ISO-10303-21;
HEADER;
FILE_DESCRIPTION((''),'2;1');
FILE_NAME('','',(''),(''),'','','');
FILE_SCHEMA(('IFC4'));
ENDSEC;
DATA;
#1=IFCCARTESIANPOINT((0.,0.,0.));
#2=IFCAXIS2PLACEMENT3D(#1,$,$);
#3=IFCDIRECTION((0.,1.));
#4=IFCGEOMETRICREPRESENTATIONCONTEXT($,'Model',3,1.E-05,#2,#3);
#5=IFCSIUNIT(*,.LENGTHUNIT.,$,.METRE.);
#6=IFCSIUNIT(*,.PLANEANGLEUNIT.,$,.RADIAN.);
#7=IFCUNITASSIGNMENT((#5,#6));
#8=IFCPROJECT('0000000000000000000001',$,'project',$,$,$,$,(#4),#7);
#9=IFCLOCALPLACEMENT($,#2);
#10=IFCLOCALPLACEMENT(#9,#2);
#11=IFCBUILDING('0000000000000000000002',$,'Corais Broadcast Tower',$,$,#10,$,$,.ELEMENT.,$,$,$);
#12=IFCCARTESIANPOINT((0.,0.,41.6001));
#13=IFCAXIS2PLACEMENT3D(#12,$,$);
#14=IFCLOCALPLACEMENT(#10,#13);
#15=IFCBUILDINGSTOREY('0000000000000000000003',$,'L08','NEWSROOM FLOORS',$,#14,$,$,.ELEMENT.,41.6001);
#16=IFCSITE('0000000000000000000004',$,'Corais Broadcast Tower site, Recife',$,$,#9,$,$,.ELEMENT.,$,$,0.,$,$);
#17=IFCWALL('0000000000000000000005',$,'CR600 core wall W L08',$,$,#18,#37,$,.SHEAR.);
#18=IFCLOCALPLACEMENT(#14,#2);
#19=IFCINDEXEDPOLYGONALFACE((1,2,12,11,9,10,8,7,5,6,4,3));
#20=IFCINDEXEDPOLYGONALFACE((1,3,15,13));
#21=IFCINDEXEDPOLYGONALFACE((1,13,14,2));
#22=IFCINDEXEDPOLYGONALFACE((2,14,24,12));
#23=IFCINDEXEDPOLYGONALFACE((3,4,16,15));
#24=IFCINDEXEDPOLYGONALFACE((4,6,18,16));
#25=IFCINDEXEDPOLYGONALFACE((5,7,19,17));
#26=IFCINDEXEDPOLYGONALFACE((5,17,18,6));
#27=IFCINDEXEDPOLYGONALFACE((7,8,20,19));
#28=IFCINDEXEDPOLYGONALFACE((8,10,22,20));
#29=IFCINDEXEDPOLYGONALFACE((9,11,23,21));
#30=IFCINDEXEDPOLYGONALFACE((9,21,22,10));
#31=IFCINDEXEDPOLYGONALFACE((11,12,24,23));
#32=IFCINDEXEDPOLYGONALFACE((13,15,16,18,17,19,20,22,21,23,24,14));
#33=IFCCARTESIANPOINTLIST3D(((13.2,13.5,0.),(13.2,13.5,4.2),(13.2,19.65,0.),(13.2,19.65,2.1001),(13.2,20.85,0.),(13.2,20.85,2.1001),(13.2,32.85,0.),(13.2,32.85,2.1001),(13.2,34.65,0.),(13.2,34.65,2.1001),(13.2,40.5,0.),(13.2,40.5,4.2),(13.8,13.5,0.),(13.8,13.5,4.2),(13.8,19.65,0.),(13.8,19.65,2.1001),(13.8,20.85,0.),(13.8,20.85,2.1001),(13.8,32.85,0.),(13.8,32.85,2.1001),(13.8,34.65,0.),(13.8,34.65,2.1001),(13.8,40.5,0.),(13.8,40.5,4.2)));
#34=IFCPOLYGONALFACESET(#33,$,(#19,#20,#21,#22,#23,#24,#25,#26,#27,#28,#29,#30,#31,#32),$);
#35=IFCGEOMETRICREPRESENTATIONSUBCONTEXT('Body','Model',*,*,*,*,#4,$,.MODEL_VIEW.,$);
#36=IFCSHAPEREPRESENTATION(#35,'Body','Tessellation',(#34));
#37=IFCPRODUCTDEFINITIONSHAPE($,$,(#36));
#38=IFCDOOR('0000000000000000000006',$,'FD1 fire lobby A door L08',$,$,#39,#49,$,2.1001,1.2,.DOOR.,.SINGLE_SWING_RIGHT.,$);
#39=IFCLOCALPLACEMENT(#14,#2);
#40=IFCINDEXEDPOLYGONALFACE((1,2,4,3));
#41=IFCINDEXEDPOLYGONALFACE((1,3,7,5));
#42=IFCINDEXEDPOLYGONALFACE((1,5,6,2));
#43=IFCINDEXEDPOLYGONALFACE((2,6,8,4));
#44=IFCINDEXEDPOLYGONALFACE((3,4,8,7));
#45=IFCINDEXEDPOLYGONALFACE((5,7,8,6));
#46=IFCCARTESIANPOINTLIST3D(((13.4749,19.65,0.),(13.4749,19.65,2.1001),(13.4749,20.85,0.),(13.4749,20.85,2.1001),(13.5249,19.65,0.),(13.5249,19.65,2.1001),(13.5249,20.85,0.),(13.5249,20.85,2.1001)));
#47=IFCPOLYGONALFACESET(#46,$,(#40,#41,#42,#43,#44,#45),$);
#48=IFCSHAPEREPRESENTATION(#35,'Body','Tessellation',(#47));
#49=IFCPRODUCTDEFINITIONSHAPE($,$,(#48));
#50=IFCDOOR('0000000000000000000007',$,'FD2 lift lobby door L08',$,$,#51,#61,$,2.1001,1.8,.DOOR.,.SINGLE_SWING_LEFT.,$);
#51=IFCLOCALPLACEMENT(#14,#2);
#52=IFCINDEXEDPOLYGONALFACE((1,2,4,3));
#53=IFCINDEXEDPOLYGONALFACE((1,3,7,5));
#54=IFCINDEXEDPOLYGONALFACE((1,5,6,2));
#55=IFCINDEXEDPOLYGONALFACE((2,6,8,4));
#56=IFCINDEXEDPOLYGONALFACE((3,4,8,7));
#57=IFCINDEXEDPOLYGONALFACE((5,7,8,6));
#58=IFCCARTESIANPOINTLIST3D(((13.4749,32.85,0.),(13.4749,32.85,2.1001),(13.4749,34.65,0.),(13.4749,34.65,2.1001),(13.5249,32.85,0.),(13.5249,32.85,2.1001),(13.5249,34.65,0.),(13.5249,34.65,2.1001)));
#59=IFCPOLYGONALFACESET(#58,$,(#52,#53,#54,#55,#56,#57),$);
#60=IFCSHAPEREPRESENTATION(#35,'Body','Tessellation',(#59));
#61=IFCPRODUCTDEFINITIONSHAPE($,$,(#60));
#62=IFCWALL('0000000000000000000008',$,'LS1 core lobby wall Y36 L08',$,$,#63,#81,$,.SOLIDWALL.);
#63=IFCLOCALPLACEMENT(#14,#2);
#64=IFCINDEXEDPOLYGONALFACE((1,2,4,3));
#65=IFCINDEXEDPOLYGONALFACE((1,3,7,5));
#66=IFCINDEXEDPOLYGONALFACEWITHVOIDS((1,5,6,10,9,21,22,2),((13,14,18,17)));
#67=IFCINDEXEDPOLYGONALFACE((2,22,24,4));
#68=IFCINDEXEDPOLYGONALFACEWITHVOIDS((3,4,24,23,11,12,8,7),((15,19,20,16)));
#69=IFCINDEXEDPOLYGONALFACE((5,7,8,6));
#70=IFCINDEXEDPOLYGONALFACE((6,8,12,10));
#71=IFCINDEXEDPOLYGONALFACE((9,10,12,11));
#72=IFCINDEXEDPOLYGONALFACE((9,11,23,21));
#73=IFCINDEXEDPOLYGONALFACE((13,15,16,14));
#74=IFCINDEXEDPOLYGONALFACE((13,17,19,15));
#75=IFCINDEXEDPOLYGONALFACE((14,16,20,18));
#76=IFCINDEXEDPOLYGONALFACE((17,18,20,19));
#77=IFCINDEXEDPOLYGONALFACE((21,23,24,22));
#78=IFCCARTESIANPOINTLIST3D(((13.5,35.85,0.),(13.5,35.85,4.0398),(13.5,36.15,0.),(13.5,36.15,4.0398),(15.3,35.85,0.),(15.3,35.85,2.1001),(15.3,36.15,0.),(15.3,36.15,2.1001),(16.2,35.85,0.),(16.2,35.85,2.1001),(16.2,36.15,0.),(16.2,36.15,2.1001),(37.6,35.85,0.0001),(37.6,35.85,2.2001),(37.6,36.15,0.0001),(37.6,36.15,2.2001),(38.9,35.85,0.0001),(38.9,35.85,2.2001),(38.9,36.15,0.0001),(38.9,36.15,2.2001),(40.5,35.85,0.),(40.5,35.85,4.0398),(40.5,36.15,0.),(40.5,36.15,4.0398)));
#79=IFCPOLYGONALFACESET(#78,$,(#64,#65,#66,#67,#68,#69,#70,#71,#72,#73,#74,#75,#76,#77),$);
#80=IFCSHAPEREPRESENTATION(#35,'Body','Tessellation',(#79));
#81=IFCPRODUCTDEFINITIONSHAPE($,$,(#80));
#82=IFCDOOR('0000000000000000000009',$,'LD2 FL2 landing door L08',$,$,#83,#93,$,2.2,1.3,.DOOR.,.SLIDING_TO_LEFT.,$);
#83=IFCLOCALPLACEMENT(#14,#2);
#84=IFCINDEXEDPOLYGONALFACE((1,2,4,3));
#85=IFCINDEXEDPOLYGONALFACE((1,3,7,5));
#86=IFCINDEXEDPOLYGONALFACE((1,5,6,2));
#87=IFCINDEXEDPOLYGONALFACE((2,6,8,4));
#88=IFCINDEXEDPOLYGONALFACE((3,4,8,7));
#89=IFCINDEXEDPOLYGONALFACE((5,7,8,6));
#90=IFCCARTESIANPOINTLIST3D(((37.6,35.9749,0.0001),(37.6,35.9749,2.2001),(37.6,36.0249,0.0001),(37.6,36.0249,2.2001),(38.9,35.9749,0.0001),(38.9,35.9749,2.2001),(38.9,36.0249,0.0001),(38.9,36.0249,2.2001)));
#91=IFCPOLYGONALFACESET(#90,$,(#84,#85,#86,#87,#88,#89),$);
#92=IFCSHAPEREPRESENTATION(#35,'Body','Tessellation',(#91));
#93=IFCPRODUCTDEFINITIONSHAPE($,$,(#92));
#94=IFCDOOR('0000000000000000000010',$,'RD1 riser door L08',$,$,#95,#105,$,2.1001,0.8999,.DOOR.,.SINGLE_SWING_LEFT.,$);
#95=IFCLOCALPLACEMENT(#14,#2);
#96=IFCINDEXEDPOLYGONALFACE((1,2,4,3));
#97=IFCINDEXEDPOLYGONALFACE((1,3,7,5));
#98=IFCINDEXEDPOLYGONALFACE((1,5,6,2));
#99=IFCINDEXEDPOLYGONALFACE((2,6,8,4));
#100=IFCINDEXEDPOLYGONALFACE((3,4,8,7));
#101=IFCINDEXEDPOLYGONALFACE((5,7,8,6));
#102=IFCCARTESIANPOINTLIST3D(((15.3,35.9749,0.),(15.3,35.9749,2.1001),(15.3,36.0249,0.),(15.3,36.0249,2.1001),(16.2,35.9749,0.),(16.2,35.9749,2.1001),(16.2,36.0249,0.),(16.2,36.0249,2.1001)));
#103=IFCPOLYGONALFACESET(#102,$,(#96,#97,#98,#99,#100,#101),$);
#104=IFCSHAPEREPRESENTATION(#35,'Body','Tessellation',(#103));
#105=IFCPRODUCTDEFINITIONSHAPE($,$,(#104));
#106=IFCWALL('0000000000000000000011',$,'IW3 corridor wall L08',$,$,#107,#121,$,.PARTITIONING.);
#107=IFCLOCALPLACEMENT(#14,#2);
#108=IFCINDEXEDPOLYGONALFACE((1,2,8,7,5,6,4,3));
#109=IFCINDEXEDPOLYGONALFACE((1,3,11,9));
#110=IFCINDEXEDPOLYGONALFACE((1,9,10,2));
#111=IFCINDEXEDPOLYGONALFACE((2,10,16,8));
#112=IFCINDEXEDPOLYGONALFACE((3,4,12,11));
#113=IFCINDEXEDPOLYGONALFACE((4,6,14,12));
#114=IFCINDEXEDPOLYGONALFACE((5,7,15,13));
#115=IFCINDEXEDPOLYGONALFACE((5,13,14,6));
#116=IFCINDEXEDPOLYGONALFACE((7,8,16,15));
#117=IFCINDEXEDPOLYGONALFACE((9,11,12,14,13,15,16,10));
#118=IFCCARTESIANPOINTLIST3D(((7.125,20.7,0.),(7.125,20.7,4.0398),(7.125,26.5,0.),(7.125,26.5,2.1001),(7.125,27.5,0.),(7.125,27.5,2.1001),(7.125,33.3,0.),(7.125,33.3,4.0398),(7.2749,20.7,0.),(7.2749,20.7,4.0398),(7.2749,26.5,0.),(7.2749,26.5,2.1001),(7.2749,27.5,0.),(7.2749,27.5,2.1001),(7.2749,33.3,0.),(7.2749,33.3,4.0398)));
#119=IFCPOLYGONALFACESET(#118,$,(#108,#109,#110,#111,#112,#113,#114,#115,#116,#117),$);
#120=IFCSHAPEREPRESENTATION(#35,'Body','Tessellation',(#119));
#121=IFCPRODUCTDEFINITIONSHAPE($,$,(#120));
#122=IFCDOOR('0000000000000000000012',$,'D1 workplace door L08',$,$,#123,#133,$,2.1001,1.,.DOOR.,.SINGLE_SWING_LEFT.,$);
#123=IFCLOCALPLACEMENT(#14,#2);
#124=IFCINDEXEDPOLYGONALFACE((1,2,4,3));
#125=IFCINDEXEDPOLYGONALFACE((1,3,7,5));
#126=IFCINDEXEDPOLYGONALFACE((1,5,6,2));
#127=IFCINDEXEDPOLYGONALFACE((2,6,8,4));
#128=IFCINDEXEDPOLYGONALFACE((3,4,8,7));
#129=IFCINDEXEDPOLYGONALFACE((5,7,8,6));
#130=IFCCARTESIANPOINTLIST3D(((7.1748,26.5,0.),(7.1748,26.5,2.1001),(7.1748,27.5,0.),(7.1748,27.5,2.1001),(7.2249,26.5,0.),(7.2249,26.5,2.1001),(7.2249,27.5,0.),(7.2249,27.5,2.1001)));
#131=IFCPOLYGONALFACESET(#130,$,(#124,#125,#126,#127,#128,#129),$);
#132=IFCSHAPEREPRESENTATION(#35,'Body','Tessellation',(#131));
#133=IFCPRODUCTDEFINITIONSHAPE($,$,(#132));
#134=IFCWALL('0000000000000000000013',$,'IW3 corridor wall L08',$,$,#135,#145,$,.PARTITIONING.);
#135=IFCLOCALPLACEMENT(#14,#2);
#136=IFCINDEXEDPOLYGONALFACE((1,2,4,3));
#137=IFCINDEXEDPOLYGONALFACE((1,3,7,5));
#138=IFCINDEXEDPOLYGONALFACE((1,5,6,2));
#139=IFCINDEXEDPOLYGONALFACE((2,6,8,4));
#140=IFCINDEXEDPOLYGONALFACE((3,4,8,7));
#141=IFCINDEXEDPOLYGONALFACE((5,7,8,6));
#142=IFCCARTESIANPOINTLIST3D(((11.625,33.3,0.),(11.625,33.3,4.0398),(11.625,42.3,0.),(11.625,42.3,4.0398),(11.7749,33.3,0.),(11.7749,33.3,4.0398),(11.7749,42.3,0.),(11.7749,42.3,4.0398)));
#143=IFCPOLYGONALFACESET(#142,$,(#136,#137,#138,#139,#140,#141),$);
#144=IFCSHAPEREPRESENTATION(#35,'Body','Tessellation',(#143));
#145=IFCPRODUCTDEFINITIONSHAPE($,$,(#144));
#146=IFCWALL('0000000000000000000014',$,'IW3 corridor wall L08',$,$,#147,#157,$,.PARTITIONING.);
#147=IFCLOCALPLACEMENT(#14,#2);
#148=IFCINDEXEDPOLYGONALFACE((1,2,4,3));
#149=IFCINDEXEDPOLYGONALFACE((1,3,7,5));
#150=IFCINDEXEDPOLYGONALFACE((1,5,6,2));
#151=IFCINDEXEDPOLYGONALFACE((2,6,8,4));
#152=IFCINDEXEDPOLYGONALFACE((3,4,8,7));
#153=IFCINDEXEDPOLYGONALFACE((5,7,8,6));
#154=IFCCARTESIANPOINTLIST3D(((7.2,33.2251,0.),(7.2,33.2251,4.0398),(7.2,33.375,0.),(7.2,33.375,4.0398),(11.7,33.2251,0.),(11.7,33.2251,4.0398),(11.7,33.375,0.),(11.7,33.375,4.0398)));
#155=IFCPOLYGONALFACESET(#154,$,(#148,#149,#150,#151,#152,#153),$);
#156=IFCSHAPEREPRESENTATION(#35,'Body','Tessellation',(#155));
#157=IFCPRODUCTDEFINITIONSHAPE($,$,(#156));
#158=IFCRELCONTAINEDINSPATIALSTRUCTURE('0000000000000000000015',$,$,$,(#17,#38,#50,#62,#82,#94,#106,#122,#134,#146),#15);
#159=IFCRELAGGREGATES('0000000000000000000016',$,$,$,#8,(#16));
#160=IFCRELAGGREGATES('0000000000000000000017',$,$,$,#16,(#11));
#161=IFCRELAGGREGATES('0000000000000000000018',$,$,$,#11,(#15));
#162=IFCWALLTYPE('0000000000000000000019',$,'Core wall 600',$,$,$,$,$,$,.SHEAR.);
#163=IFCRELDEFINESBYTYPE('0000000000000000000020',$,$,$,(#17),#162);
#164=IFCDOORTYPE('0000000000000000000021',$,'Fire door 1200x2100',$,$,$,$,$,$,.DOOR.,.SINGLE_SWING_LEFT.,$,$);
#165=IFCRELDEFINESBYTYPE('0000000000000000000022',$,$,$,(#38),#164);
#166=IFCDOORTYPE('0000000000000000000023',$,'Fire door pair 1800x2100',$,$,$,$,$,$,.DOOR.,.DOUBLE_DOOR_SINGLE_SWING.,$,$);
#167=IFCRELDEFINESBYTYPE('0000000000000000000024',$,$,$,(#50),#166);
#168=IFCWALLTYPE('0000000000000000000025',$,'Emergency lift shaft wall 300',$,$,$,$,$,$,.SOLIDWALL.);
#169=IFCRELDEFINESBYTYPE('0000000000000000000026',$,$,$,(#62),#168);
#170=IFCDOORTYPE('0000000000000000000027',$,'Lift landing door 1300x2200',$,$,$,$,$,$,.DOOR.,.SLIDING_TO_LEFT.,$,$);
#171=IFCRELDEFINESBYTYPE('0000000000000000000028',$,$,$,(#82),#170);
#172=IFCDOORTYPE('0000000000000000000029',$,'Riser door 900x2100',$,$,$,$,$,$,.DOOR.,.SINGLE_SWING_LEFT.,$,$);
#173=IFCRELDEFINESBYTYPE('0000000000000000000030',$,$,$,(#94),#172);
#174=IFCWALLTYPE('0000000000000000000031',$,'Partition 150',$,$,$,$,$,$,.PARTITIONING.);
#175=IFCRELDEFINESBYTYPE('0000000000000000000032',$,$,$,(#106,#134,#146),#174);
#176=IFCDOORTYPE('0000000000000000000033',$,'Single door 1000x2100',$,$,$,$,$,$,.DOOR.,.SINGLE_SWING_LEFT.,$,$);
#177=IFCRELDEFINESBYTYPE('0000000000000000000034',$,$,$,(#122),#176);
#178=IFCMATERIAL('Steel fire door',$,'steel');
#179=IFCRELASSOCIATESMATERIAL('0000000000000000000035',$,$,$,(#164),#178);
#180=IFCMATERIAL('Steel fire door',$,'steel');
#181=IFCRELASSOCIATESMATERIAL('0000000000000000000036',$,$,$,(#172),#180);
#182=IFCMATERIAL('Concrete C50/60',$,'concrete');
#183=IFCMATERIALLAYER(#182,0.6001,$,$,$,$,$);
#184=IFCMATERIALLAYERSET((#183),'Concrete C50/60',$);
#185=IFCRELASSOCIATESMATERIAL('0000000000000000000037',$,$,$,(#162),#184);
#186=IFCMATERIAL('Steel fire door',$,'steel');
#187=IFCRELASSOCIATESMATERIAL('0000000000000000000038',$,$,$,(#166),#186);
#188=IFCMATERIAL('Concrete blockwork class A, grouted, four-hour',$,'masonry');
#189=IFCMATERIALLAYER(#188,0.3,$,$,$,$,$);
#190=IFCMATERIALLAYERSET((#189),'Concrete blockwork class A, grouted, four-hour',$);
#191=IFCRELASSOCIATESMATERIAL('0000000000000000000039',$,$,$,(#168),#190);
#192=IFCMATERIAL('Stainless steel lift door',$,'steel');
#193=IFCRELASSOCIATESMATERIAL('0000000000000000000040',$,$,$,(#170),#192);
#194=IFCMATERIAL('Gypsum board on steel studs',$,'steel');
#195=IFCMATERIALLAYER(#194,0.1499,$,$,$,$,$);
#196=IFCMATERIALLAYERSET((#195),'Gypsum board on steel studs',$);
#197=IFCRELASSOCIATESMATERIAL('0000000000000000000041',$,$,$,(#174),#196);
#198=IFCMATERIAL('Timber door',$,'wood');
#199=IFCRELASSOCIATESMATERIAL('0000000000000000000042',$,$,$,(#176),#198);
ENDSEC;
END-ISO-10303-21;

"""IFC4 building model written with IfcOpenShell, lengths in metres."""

from ifc_helpers import new_model, si_unit, direction, frame, frame_2d, origin, place, context, subcontext, project, spatial, rectangle, extrude, material, layer, layer_set, type_object, element, fill, save


model = new_model("IFC4")

# Units and contexts
model_context = context("Model", 3, precision=1e-05, world=origin(), true_north=direction((0.0, 1.0)))
body_context = subcontext(model_context, "Body", "Model", "MODEL_VIEW")
ifc_project = project(units=[si_unit("LENGTHUNIT", "METRE"), si_unit("PLANEANGLEUNIT", "RADIAN")], contexts=[model_context])

# Site, building, storey
site_placement = place(None, origin())
site = spatial("IfcSite", under=ifc_project, at=site_placement, Name="Corais Broadcast Tower site, Recife", CompositionType="ELEMENT", RefElevation=0.0)
building_placement = place(site_placement, origin())
building = spatial("IfcBuilding", under=site, at=building_placement, Name="Corais Broadcast Tower", CompositionType="ELEMENT")
storey_placement = place(building_placement, frame((0.0, 0.0, 41.6001)))
storey = spatial("IfcBuildingStorey", under=building, at=storey_placement, Name="L08", Description="NEWSROOM FLOORS", CompositionType="ELEMENT", Elevation=41.6001)

# Walls, openings, doors
ifc_material_1 = material(Name="Steel fire door", Category="steel")
door_type_1 = type_object("IfcDoorType", Name="Fire door 1200x2100", OperationType="SINGLE_SWING_LEFT", PredefinedType="DOOR", material=ifc_material_1)
ifc_material_2 = material(Name="Steel fire door", Category="steel")
door_type_2 = type_object("IfcDoorType", Name="Riser door 900x2100", OperationType="SINGLE_SWING_LEFT", PredefinedType="DOOR", material=ifc_material_2)
ifc_material_3 = material(Name="Concrete C50/60", Category="concrete")
ifc_layer_1 = layer(ifc_material_3, 0.6001)
ifc_layer_set_1 = layer_set([ifc_layer_1], Name="Concrete C50/60")
wall_type_1 = type_object("IfcWallType", Name="Core wall 600", PredefinedType="SHEAR", material=ifc_layer_set_1)
wall_1_placement = place(storey_placement, frame((13.5, 40.5, 0.0), z_axis=(0.0, 0.0, 1.0), x_axis=(0.0, -1.0, 0.0)))
wall_1 = element("IfcWall", 1, at=wall_1_placement, inside=storey, type_object=wall_type_1, Name="CR600 core wall W L08", PredefinedType="SHEAR", context=body_context, shape_type="SweptSolid", body=[
    extrude(rectangle(XDim=27.0, YDim=0.6001, at=frame_2d((13.5, 0.0))), origin(), (0.0, 0.0, 1.0), 4.2),
])
opening_1_placement = place(wall_1_placement, frame((19.6499, 0.0, 0.0)))
opening_1 = element("IfcOpeningElement", 2, at=opening_1_placement, cuts=wall_1, PredefinedType="OPENING", context=body_context, shape_type="SweptSolid", body=[
    extrude(rectangle(XDim=1.2, YDim=2.1001, at=frame_2d((0.6001, 1.05))), frame((0.0, 0.3101, 0.0), z_axis=(0.0, -1.0, 0.0), x_axis=(1.0, 0.0, 0.0)), (0.0, 0.0, 1.0), 0.6201),
])
opening_2_placement = place(wall_1_placement, frame((5.8501, 0.0, 0.0)))
opening_2 = element("IfcOpeningElement", 3, at=opening_2_placement, cuts=wall_1, PredefinedType="OPENING", context=body_context, shape_type="SweptSolid", body=[
    extrude(rectangle(XDim=1.8, YDim=2.1001, at=frame_2d((0.8999, 1.05))), frame((0.0, 0.3101, 0.0), z_axis=(0.0, -1.0, 0.0), x_axis=(1.0, 0.0, 0.0)), (0.0, 0.0, 1.0), 0.6201),
])
door_1_placement = place(opening_1_placement, origin())
door_1 = element("IfcDoor", 4, at=door_1_placement, inside=storey, type_object=door_type_1, Name="FD1 fire lobby A door L08", OperationType="SINGLE_SWING_RIGHT", OverallHeight=2.1001, OverallWidth=1.2, PredefinedType="DOOR", context=body_context, shape_type="SweptSolid", body=[
    extrude(rectangle(XDim=1.2, YDim=2.1001, at=frame_2d((0.6001, 1.05))), frame((0.0, 0.0249, 0.0), z_axis=(0.0, -1.0, 0.0), x_axis=(1.0, 0.0, 0.0)), (0.0, 0.0, 1.0), 0.05),
])
fill(opening_1, door_1)
ifc_material_4 = material(Name="Steel fire door", Category="steel")
door_type_3 = type_object("IfcDoorType", Name="Fire door pair 1800x2100", OperationType="DOUBLE_DOOR_SINGLE_SWING", PredefinedType="DOOR", material=ifc_material_4)
door_2_placement = place(opening_2_placement, origin())
door_2 = element("IfcDoor", 5, at=door_2_placement, inside=storey, type_object=door_type_3, Name="FD2 lift lobby door L08", OperationType="SINGLE_SWING_LEFT", OverallHeight=2.1001, OverallWidth=1.8, PredefinedType="DOOR", context=body_context, shape_type="SweptSolid", body=[
    extrude(rectangle(XDim=1.8, YDim=2.1001, at=frame_2d((0.8999, 1.05))), frame((0.0, 0.0249, 0.0), z_axis=(0.0, -1.0, 0.0), x_axis=(1.0, 0.0, 0.0)), (0.0, 0.0, 1.0), 0.05),
])
fill(opening_2, door_2)
ifc_material_5 = material(Name="Concrete blockwork class A, grouted, four-hour", Category="masonry")
ifc_layer_2 = layer(ifc_material_5, 0.3)
ifc_layer_set_2 = layer_set([ifc_layer_2], Name="Concrete blockwork class A, grouted, four-hour")
wall_type_2 = type_object("IfcWallType", Name="Emergency lift shaft wall 300", PredefinedType="SOLIDWALL", material=ifc_layer_set_2)
wall_2_placement = place(storey_placement, frame((13.5, 36.0, 0.0), z_axis=(0.0, 0.0, 1.0), x_axis=(1.0, 0.0, 0.0)))
wall_2 = element("IfcWall", 6, at=wall_2_placement, inside=storey, type_object=wall_type_2, Name="LS1 core lobby wall Y36 L08", PredefinedType="SOLIDWALL", context=body_context, shape_type="SweptSolid", body=[
    extrude(rectangle(XDim=27.0, YDim=0.3, at=frame_2d((13.5, 0.0))), origin(), (0.0, 0.0, 1.0), 4.0398),
])
opening_3_placement = place(wall_2_placement, frame((1.8, 0.0, 0.0)))
opening_3 = element("IfcOpeningElement", 7, at=opening_3_placement, cuts=wall_2, PredefinedType="OPENING", context=body_context, shape_type="SweptSolid", body=[
    extrude(rectangle(XDim=0.8999, YDim=2.1001, at=frame_2d((0.45, 1.05))), frame((0.0, 0.1599, 0.0), z_axis=(0.0, -1.0, 0.0), x_axis=(1.0, 0.0, 0.0)), (0.0, 0.0, 1.0), 0.3201),
])
opening_4_placement = place(wall_2_placement, frame((24.1001, 0.0, 0.0)))
opening_4 = element("IfcOpeningElement", 8, at=opening_4_placement, cuts=wall_2, PredefinedType="OPENING", context=body_context, shape_type="SweptSolid", body=[
    extrude(rectangle(XDim=1.3, YDim=2.2, at=frame_2d((0.6499, 1.1001))), frame((0.0, 0.1599, 0.0), z_axis=(0.0, -1.0, 0.0), x_axis=(1.0, 0.0, 0.0)), (0.0, 0.0, 1.0), 0.3201),
])
ifc_material_6 = material(Name="Stainless steel lift door", Category="steel")
door_type_4 = type_object("IfcDoorType", Name="Lift landing door 1300x2200", OperationType="SLIDING_TO_LEFT", PredefinedType="DOOR", material=ifc_material_6)
door_3_placement = place(opening_4_placement, origin())
door_3 = element("IfcDoor", 9, at=door_3_placement, inside=storey, type_object=door_type_4, Name="LD2 FL2 landing door L08", OperationType="SLIDING_TO_LEFT", OverallHeight=2.2, OverallWidth=1.3, PredefinedType="DOOR", context=body_context, shape_type="SweptSolid", body=[
    extrude(rectangle(XDim=1.3, YDim=2.2, at=frame_2d((0.6499, 1.1001))), frame((0.0, 0.0249, 0.0), z_axis=(0.0, -1.0, 0.0), x_axis=(1.0, 0.0, 0.0)), (0.0, 0.0, 1.0), 0.05),
])
fill(opening_4, door_3)
door_4_placement = place(opening_3_placement, origin())
door_4 = element("IfcDoor", 10, at=door_4_placement, inside=storey, type_object=door_type_2, Name="RD1 riser door L08", OperationType="SINGLE_SWING_LEFT", OverallHeight=2.1001, OverallWidth=0.8999, PredefinedType="DOOR", context=body_context, shape_type="SweptSolid", body=[
    extrude(rectangle(XDim=0.8999, YDim=2.1001, at=frame_2d((0.45, 1.05))), frame((0.0, 0.0249, 0.0), z_axis=(0.0, -1.0, 0.0), x_axis=(1.0, 0.0, 0.0)), (0.0, 0.0, 1.0), 0.05),
])
fill(opening_3, door_4)

# Wall, opening, door
ifc_material_7 = material(Name="Gypsum board on steel studs", Category="steel")
ifc_layer_3 = layer(ifc_material_7, 0.1499)
ifc_layer_set_3 = layer_set([ifc_layer_3], Name="Gypsum board on steel studs")
wall_type_3 = type_object("IfcWallType", Name="Partition 150", PredefinedType="PARTITIONING", material=ifc_layer_set_3)
wall_3_placement = place(storey_placement, frame((7.2, 33.3, 0.0), z_axis=(0.0, 0.0, 1.0), x_axis=(0.0, -1.0, 0.0)))
wall_3 = element("IfcWall", 11, at=wall_3_placement, inside=storey, type_object=wall_type_3, Name="IW3 corridor wall L08", PredefinedType="PARTITIONING", context=body_context, shape_type="SweptSolid", body=[
    extrude(rectangle(XDim=12.6001, YDim=0.1499, at=frame_2d((6.3, 0.0))), origin(), (0.0, 0.0, 1.0), 4.0398),
])
opening_5_placement = place(wall_3_placement, frame((5.8, 0.0, 0.0)))
opening_5 = element("IfcOpeningElement", 12, at=opening_5_placement, cuts=wall_3, PredefinedType="OPENING", context=body_context, shape_type="SweptSolid", body=[
    extrude(rectangle(XDim=1.0, YDim=2.1001, at=frame_2d((0.5, 1.05))), frame((0.0, 0.085, 0.0), z_axis=(0.0, -1.0, 0.0), x_axis=(1.0, 0.0, 0.0)), (0.0, 0.0, 1.0), 0.1699),
])
ifc_material_8 = material(Name="Timber door", Category="wood")
door_type_5 = type_object("IfcDoorType", Name="Single door 1000x2100", OperationType="SINGLE_SWING_LEFT", PredefinedType="DOOR", material=ifc_material_8)
door_5_placement = place(opening_5_placement, origin())
door_5 = element("IfcDoor", 13, at=door_5_placement, inside=storey, type_object=door_type_5, Name="D1 workplace door L08", OperationType="SINGLE_SWING_LEFT", OverallHeight=2.1001, OverallWidth=1.0, PredefinedType="DOOR", context=body_context, shape_type="SweptSolid", body=[
    extrude(rectangle(XDim=1.0, YDim=2.1001, at=frame_2d((0.5, 1.05))), frame((0.0, 0.0249, 0.0), z_axis=(0.0, -1.0, 0.0), x_axis=(1.0, 0.0, 0.0)), (0.0, 0.0, 1.0), 0.05),
])
fill(opening_5, door_5)

# Walls
wall_4_placement = place(storey_placement, frame((11.7, 42.3, 0.0), z_axis=(0.0, 0.0, 1.0), x_axis=(0.0, -1.0, 0.0)))
element("IfcWall", 14, at=wall_4_placement, inside=storey, type_object=wall_type_3, Name="IW3 corridor wall L08", PredefinedType="PARTITIONING", context=body_context, shape_type="SweptSolid", body=[
    extrude(rectangle(XDim=9.0, YDim=0.1499, at=frame_2d((4.5, 0.0))), origin(), (0.0, 0.0, 1.0), 4.0398),
])
wall_5_placement = place(storey_placement, frame((11.7, 33.3, 0.0), z_axis=(0.0, 0.0, 1.0), x_axis=(-1.0, 0.0, 0.0)))
element("IfcWall", 15, at=wall_5_placement, inside=storey, type_object=wall_type_3, Name="IW3 corridor wall L08", PredefinedType="PARTITIONING", context=body_context, shape_type="SweptSolid", body=[
    extrude(rectangle(XDim=4.5, YDim=0.1499, at=frame_2d((2.25, 0.0))), origin(), (0.0, 0.0, 1.0), 4.0398),
])

save(model, "model.ifc")
